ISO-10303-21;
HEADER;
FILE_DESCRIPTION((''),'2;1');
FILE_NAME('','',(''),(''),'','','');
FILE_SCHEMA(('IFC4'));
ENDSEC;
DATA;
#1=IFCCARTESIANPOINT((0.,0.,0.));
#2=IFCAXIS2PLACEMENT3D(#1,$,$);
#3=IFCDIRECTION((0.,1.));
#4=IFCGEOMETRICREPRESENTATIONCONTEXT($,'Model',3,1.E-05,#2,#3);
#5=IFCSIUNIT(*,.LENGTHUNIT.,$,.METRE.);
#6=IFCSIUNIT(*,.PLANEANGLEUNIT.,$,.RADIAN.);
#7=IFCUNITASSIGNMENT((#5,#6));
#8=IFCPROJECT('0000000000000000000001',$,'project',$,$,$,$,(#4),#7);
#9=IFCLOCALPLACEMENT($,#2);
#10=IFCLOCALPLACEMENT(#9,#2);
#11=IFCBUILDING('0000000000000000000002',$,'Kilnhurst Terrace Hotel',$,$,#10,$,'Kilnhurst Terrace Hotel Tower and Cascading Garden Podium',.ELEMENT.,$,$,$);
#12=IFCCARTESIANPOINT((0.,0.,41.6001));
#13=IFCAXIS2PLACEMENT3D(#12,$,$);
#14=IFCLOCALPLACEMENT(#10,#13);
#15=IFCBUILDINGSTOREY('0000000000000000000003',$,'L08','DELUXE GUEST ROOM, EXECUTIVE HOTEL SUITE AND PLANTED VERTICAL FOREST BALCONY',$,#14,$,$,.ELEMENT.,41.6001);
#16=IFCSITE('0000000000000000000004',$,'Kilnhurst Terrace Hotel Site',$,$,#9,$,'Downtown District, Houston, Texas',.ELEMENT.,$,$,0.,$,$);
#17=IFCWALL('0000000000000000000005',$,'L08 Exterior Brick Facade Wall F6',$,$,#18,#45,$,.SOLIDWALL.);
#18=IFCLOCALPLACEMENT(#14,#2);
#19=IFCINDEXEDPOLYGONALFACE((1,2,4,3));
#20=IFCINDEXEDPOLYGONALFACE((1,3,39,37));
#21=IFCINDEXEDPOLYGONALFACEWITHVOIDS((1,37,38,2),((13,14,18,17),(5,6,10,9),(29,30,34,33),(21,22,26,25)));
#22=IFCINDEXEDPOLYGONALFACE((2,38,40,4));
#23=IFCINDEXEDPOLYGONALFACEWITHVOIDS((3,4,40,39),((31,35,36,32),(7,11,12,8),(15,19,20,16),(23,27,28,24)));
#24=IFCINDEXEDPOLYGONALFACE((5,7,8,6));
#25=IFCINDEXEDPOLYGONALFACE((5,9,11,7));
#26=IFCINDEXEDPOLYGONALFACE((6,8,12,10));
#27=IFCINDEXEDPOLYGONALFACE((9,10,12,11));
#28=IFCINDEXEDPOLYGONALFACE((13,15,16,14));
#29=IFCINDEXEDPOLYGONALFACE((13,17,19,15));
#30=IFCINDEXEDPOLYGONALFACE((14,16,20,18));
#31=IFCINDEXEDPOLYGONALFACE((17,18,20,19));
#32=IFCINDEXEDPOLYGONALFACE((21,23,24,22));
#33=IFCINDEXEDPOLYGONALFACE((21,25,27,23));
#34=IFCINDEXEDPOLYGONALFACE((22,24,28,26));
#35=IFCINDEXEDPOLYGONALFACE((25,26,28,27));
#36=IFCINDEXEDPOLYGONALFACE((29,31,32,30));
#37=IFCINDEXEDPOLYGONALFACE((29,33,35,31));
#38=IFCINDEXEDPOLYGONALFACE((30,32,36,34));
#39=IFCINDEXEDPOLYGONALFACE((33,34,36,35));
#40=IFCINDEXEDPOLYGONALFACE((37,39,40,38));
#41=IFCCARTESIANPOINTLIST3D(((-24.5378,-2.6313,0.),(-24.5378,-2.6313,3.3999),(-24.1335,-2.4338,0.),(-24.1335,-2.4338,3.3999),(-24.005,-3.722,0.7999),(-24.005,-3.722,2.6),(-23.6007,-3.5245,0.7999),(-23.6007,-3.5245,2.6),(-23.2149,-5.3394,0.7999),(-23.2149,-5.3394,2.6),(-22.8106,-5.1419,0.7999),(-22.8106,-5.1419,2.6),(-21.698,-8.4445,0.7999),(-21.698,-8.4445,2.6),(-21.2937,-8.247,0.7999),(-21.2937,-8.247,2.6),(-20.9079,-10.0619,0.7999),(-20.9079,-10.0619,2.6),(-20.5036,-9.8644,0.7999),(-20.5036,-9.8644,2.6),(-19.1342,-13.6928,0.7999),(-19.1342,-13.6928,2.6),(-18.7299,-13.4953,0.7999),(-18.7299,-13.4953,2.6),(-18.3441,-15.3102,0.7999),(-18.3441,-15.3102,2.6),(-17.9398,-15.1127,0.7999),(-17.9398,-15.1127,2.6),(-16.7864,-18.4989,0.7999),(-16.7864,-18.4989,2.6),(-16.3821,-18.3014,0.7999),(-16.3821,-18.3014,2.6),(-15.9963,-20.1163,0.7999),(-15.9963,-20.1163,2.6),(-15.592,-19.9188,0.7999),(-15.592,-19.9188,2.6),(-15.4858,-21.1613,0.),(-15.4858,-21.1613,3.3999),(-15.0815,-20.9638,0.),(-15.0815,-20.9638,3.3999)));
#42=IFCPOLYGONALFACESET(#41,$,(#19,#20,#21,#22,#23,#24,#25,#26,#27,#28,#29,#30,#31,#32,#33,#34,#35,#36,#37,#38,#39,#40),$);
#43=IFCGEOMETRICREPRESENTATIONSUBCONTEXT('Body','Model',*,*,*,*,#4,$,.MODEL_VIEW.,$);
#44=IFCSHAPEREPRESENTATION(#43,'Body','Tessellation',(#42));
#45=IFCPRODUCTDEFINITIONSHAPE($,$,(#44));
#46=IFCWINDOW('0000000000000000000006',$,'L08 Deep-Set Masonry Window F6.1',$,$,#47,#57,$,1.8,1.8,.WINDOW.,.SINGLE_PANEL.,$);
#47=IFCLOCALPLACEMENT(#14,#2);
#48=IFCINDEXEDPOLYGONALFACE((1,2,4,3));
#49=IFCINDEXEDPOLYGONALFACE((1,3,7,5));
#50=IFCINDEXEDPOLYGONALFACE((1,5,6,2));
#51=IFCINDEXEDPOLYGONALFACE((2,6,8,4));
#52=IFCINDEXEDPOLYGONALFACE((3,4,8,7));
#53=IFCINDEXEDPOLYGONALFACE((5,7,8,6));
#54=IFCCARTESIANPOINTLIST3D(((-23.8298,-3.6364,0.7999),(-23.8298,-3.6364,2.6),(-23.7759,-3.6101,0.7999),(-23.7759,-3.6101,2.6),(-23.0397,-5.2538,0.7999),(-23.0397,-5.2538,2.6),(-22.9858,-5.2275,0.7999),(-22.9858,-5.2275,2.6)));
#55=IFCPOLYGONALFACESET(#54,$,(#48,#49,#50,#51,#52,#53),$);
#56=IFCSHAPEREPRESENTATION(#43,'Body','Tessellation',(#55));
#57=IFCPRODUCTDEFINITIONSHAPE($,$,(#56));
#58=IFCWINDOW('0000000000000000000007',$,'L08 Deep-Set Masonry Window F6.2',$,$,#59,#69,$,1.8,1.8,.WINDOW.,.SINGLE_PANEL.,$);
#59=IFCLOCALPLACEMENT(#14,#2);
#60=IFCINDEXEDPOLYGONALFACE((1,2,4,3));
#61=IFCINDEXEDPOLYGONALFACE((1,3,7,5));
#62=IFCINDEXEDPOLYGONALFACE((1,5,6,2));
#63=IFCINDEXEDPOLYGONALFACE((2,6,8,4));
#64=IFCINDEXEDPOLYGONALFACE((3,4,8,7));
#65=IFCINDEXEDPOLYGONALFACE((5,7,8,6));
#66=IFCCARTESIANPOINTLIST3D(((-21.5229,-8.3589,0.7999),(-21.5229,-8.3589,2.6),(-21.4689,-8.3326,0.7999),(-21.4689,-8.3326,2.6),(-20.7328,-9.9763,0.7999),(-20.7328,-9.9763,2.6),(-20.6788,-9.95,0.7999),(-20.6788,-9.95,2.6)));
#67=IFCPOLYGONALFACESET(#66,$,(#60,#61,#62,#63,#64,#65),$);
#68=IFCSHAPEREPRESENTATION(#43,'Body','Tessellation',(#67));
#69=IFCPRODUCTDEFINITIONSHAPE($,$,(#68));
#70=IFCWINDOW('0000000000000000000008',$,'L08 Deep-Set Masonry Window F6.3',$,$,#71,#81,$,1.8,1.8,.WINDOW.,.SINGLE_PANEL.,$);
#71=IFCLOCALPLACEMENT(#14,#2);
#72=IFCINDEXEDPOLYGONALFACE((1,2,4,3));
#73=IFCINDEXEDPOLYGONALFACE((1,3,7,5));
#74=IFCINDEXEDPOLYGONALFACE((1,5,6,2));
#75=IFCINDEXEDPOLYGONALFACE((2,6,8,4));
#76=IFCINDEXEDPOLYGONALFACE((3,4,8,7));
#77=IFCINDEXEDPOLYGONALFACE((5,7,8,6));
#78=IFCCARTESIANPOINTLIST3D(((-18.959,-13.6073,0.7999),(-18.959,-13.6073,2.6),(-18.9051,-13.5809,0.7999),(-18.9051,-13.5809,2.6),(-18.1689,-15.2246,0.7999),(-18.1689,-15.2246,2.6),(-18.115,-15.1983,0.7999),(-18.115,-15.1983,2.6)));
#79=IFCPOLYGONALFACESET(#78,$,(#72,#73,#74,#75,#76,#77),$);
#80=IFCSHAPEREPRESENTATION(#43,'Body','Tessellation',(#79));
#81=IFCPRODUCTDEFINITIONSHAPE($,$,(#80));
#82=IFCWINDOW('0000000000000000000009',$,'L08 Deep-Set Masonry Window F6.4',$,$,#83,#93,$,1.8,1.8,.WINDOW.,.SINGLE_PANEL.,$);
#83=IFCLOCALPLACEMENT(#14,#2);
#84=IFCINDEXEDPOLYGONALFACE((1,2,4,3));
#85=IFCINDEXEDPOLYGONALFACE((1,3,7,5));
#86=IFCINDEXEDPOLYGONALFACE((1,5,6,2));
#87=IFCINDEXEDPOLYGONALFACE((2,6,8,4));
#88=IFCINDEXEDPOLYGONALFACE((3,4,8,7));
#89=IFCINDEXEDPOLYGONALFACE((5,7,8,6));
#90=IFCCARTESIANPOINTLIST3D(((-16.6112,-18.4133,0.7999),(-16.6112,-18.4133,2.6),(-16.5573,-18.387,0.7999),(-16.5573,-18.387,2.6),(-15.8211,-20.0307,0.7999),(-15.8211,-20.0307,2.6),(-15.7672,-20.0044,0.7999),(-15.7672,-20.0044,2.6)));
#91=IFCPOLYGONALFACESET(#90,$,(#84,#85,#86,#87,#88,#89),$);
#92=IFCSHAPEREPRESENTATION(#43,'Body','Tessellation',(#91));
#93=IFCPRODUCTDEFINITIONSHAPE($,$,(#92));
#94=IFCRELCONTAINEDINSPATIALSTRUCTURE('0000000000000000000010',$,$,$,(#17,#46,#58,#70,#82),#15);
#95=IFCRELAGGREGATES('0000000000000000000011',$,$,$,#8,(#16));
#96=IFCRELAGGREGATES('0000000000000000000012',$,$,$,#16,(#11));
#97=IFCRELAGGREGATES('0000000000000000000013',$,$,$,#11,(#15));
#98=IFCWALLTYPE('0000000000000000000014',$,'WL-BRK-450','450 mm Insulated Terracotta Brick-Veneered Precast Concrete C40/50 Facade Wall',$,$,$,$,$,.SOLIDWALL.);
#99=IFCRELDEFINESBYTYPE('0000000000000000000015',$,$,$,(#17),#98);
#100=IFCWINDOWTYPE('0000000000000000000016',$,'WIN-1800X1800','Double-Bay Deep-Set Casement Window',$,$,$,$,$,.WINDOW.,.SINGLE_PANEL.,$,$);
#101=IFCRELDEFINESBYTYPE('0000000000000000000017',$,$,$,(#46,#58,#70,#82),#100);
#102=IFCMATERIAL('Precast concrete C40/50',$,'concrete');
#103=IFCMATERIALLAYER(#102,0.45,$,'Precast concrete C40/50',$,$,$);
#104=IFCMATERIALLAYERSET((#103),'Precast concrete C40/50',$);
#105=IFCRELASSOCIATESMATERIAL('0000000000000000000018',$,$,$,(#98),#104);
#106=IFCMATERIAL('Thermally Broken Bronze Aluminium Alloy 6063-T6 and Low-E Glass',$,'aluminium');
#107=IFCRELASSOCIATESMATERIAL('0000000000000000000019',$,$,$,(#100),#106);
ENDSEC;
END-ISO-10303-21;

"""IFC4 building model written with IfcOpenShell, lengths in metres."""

from ifc_helpers import new_model, si_unit, direction, frame, frame_2d, origin, place, context, subcontext, project, spatial, rectangle, extrude, material, layer, layer_set, type_object, element, fill, save


model = new_model("IFC4")

# Units and contexts
model_context = context("Model", 3, precision=1e-05, world=origin(), true_north=direction((0.0, 1.0)))
body_context = subcontext(model_context, "Body", "Model", "MODEL_VIEW")
ifc_project = project(units=[si_unit("LENGTHUNIT", "METRE"), si_unit("PLANEANGLEUNIT", "RADIAN")], contexts=[model_context])

# Site, building, storey
site_placement = place(None, origin())
site = spatial("IfcSite", under=ifc_project, at=site_placement, Name="Kilnhurst Terrace Hotel Site", LongName="Downtown District, Houston, Texas", CompositionType="ELEMENT", RefElevation=0.0)
building_placement = place(site_placement, origin())
building = spatial("IfcBuilding", under=site, at=building_placement, Name="Kilnhurst Terrace Hotel", LongName="Kilnhurst Terrace Hotel Tower and Cascading Garden Podium", CompositionType="ELEMENT")
storey_placement = place(building_placement, frame((0.0, 0.0, 41.6001)))
storey = spatial("IfcBuildingStorey", under=building, at=storey_placement, Name="L08", Description="DELUXE GUEST ROOM, EXECUTIVE HOTEL SUITE AND PLANTED VERTICAL FOREST BALCONY", CompositionType="ELEMENT", Elevation=41.6001)

# Shared definitions
ifc_material_1 = material(Name="Precast concrete C40/50", Category="concrete")
ifc_layer_1 = layer(ifc_material_1, 0.45, Name="Precast concrete C40/50")
ifc_layer_set_1 = layer_set([ifc_layer_1], Name="Precast concrete C40/50")
wall_type_1 = type_object("IfcWallType", Name="WL-BRK-450", Description="450 mm Insulated Terracotta Brick-Veneered Precast Concrete C40/50 Facade Wall", PredefinedType="SOLIDWALL", material=ifc_layer_set_1)

# Wall, openings, windows
wall_1_placement = place(storey_placement, frame((-24.3357, -2.5325, 0.0), z_axis=(0.0, 0.0, 1.0), x_axis=(0.438931, -0.898521, 0.0)))
wall_1 = element("IfcWall", 1, at=wall_1_placement, inside=storey, type_object=wall_type_1, Name="L08 Exterior Brick Facade Wall F6", PredefinedType="SOLIDWALL", context=body_context, shape_type="SweptSolid", body=[
    extrude(rectangle(XDim=20.6228, YDim=0.45, at=frame_2d((10.3115, 0.0))), origin(), (0.0, 0.0, 1.0), 3.3999),
])
opening_1_placement = place(wall_1_placement, frame((1.2141, 0.0, 0.8)))
opening_1 = element("IfcOpeningElement", 2, at=opening_1_placement, cuts=wall_1, PredefinedType="OPENING", context=body_context, shape_type="SweptSolid", body=[
    extrude(rectangle(XDim=1.8, YDim=1.8, at=frame_2d((0.8999, 0.8999))), frame((0.0, 0.2349, 0.0), z_axis=(0.0, -1.0, 0.0), x_axis=(1.0, 0.0, 0.0)), (0.0, 0.0, 1.0), 0.47),
])
opening_2_placement = place(wall_1_placement, frame((6.47, 0.0, 0.8)))
opening_2 = element("IfcOpeningElement", 3, at=opening_2_placement, cuts=wall_1, PredefinedType="OPENING", context=body_context, shape_type="SweptSolid", body=[
    extrude(rectangle(XDim=1.8, YDim=1.8, at=frame_2d((0.8999, 0.8999))), frame((0.0, 0.2349, 0.0), z_axis=(0.0, -1.0, 0.0), x_axis=(1.0, 0.0, 0.0)), (0.0, 0.0, 1.0), 0.47),
])
opening_3_placement = place(wall_1_placement, frame((12.311, 0.0, 0.8)))
opening_3 = element("IfcOpeningElement", 4, at=opening_3_placement, cuts=wall_1, PredefinedType="OPENING", context=body_context, shape_type="SweptSolid", body=[
    extrude(rectangle(XDim=1.8, YDim=1.8, at=frame_2d((0.8999, 0.8999))), frame((0.0, 0.2349, 0.0), z_axis=(0.0, -1.0, 0.0), x_axis=(1.0, 0.0, 0.0)), (0.0, 0.0, 1.0), 0.47),
])
opening_4_placement = place(wall_1_placement, frame((17.6599, 0.0, 0.8)))
opening_4 = element("IfcOpeningElement", 5, at=opening_4_placement, cuts=wall_1, PredefinedType="OPENING", context=body_context, shape_type="SweptSolid", body=[
    extrude(rectangle(XDim=1.8, YDim=1.8, at=frame_2d((0.8999, 0.8999))), frame((0.0, 0.2349, 0.0), z_axis=(0.0, -1.0, 0.0), x_axis=(1.0, 0.0, 0.0)), (0.0, 0.0, 1.0), 0.47),
])
ifc_material_2 = material(Name="Thermally Broken Bronze Aluminium Alloy 6063-T6 and Low-E Glass", Category="aluminium")
window_type = type_object("IfcWindowType", Name="WIN-1800X1800", Description="Double-Bay Deep-Set Casement Window", PartitioningType="SINGLE_PANEL", PredefinedType="WINDOW", material=ifc_material_2)
window_1_placement = place(opening_1_placement, origin())
window_1 = element("IfcWindow", 6, at=window_1_placement, inside=storey, type_object=window_type, Name="L08 Deep-Set Masonry Window F6.1", OverallHeight=1.8, OverallWidth=1.8, PartitioningType="SINGLE_PANEL", PredefinedType="WINDOW", context=body_context, shape_type="SweptSolid", body=[
    extrude(rectangle(XDim=1.8, YDim=1.8, at=frame_2d((0.8999, 0.8999))), frame((0.0, 0.03, 0.0), z_axis=(0.0, -1.0, 0.0), x_axis=(1.0, 0.0, 0.0)), (0.0, 0.0, 1.0), 0.0601),
])
fill(opening_1, window_1)
window_2_placement = place(opening_2_placement, origin())
window_2 = element("IfcWindow", 7, at=window_2_placement, inside=storey, type_object=window_type, Name="L08 Deep-Set Masonry Window F6.2", OverallHeight=1.8, OverallWidth=1.8, PartitioningType="SINGLE_PANEL", PredefinedType="WINDOW", context=body_context, shape_type="SweptSolid", body=[
    extrude(rectangle(XDim=1.8, YDim=1.8, at=frame_2d((0.8999, 0.8999))), frame((0.0, 0.03, 0.0), z_axis=(0.0, -1.0, 0.0), x_axis=(1.0, 0.0, 0.0)), (0.0, 0.0, 1.0), 0.0601),
])
fill(opening_2, window_2)
window_3_placement = place(opening_3_placement, origin())
window_3 = element("IfcWindow", 8, at=window_3_placement, inside=storey, type_object=window_type, Name="L08 Deep-Set Masonry Window F6.3", OverallHeight=1.8, OverallWidth=1.8, PartitioningType="SINGLE_PANEL", PredefinedType="WINDOW", context=body_context, shape_type="SweptSolid", body=[
    extrude(rectangle(XDim=1.8, YDim=1.8, at=frame_2d((0.8999, 0.8999))), frame((0.0, 0.03, 0.0), z_axis=(0.0, -1.0, 0.0), x_axis=(1.0, 0.0, 0.0)), (0.0, 0.0, 1.0), 0.0601),
])
fill(opening_3, window_3)
window_4_placement = place(opening_4_placement, origin())
window_4 = element("IfcWindow", 9, at=window_4_placement, inside=storey, type_object=window_type, Name="L08 Deep-Set Masonry Window F6.4", OverallHeight=1.8, OverallWidth=1.8, PartitioningType="SINGLE_PANEL", PredefinedType="WINDOW", context=body_context, shape_type="SweptSolid", body=[
    extrude(rectangle(XDim=1.8, YDim=1.8, at=frame_2d((0.8999, 0.8999))), frame((0.0, 0.03, 0.0), z_axis=(0.0, -1.0, 0.0), x_axis=(1.0, 0.0, 0.0)), (0.0, 0.0, 1.0), 0.0601),
])
fill(opening_4, window_4)

save(model, "model.ifc")
